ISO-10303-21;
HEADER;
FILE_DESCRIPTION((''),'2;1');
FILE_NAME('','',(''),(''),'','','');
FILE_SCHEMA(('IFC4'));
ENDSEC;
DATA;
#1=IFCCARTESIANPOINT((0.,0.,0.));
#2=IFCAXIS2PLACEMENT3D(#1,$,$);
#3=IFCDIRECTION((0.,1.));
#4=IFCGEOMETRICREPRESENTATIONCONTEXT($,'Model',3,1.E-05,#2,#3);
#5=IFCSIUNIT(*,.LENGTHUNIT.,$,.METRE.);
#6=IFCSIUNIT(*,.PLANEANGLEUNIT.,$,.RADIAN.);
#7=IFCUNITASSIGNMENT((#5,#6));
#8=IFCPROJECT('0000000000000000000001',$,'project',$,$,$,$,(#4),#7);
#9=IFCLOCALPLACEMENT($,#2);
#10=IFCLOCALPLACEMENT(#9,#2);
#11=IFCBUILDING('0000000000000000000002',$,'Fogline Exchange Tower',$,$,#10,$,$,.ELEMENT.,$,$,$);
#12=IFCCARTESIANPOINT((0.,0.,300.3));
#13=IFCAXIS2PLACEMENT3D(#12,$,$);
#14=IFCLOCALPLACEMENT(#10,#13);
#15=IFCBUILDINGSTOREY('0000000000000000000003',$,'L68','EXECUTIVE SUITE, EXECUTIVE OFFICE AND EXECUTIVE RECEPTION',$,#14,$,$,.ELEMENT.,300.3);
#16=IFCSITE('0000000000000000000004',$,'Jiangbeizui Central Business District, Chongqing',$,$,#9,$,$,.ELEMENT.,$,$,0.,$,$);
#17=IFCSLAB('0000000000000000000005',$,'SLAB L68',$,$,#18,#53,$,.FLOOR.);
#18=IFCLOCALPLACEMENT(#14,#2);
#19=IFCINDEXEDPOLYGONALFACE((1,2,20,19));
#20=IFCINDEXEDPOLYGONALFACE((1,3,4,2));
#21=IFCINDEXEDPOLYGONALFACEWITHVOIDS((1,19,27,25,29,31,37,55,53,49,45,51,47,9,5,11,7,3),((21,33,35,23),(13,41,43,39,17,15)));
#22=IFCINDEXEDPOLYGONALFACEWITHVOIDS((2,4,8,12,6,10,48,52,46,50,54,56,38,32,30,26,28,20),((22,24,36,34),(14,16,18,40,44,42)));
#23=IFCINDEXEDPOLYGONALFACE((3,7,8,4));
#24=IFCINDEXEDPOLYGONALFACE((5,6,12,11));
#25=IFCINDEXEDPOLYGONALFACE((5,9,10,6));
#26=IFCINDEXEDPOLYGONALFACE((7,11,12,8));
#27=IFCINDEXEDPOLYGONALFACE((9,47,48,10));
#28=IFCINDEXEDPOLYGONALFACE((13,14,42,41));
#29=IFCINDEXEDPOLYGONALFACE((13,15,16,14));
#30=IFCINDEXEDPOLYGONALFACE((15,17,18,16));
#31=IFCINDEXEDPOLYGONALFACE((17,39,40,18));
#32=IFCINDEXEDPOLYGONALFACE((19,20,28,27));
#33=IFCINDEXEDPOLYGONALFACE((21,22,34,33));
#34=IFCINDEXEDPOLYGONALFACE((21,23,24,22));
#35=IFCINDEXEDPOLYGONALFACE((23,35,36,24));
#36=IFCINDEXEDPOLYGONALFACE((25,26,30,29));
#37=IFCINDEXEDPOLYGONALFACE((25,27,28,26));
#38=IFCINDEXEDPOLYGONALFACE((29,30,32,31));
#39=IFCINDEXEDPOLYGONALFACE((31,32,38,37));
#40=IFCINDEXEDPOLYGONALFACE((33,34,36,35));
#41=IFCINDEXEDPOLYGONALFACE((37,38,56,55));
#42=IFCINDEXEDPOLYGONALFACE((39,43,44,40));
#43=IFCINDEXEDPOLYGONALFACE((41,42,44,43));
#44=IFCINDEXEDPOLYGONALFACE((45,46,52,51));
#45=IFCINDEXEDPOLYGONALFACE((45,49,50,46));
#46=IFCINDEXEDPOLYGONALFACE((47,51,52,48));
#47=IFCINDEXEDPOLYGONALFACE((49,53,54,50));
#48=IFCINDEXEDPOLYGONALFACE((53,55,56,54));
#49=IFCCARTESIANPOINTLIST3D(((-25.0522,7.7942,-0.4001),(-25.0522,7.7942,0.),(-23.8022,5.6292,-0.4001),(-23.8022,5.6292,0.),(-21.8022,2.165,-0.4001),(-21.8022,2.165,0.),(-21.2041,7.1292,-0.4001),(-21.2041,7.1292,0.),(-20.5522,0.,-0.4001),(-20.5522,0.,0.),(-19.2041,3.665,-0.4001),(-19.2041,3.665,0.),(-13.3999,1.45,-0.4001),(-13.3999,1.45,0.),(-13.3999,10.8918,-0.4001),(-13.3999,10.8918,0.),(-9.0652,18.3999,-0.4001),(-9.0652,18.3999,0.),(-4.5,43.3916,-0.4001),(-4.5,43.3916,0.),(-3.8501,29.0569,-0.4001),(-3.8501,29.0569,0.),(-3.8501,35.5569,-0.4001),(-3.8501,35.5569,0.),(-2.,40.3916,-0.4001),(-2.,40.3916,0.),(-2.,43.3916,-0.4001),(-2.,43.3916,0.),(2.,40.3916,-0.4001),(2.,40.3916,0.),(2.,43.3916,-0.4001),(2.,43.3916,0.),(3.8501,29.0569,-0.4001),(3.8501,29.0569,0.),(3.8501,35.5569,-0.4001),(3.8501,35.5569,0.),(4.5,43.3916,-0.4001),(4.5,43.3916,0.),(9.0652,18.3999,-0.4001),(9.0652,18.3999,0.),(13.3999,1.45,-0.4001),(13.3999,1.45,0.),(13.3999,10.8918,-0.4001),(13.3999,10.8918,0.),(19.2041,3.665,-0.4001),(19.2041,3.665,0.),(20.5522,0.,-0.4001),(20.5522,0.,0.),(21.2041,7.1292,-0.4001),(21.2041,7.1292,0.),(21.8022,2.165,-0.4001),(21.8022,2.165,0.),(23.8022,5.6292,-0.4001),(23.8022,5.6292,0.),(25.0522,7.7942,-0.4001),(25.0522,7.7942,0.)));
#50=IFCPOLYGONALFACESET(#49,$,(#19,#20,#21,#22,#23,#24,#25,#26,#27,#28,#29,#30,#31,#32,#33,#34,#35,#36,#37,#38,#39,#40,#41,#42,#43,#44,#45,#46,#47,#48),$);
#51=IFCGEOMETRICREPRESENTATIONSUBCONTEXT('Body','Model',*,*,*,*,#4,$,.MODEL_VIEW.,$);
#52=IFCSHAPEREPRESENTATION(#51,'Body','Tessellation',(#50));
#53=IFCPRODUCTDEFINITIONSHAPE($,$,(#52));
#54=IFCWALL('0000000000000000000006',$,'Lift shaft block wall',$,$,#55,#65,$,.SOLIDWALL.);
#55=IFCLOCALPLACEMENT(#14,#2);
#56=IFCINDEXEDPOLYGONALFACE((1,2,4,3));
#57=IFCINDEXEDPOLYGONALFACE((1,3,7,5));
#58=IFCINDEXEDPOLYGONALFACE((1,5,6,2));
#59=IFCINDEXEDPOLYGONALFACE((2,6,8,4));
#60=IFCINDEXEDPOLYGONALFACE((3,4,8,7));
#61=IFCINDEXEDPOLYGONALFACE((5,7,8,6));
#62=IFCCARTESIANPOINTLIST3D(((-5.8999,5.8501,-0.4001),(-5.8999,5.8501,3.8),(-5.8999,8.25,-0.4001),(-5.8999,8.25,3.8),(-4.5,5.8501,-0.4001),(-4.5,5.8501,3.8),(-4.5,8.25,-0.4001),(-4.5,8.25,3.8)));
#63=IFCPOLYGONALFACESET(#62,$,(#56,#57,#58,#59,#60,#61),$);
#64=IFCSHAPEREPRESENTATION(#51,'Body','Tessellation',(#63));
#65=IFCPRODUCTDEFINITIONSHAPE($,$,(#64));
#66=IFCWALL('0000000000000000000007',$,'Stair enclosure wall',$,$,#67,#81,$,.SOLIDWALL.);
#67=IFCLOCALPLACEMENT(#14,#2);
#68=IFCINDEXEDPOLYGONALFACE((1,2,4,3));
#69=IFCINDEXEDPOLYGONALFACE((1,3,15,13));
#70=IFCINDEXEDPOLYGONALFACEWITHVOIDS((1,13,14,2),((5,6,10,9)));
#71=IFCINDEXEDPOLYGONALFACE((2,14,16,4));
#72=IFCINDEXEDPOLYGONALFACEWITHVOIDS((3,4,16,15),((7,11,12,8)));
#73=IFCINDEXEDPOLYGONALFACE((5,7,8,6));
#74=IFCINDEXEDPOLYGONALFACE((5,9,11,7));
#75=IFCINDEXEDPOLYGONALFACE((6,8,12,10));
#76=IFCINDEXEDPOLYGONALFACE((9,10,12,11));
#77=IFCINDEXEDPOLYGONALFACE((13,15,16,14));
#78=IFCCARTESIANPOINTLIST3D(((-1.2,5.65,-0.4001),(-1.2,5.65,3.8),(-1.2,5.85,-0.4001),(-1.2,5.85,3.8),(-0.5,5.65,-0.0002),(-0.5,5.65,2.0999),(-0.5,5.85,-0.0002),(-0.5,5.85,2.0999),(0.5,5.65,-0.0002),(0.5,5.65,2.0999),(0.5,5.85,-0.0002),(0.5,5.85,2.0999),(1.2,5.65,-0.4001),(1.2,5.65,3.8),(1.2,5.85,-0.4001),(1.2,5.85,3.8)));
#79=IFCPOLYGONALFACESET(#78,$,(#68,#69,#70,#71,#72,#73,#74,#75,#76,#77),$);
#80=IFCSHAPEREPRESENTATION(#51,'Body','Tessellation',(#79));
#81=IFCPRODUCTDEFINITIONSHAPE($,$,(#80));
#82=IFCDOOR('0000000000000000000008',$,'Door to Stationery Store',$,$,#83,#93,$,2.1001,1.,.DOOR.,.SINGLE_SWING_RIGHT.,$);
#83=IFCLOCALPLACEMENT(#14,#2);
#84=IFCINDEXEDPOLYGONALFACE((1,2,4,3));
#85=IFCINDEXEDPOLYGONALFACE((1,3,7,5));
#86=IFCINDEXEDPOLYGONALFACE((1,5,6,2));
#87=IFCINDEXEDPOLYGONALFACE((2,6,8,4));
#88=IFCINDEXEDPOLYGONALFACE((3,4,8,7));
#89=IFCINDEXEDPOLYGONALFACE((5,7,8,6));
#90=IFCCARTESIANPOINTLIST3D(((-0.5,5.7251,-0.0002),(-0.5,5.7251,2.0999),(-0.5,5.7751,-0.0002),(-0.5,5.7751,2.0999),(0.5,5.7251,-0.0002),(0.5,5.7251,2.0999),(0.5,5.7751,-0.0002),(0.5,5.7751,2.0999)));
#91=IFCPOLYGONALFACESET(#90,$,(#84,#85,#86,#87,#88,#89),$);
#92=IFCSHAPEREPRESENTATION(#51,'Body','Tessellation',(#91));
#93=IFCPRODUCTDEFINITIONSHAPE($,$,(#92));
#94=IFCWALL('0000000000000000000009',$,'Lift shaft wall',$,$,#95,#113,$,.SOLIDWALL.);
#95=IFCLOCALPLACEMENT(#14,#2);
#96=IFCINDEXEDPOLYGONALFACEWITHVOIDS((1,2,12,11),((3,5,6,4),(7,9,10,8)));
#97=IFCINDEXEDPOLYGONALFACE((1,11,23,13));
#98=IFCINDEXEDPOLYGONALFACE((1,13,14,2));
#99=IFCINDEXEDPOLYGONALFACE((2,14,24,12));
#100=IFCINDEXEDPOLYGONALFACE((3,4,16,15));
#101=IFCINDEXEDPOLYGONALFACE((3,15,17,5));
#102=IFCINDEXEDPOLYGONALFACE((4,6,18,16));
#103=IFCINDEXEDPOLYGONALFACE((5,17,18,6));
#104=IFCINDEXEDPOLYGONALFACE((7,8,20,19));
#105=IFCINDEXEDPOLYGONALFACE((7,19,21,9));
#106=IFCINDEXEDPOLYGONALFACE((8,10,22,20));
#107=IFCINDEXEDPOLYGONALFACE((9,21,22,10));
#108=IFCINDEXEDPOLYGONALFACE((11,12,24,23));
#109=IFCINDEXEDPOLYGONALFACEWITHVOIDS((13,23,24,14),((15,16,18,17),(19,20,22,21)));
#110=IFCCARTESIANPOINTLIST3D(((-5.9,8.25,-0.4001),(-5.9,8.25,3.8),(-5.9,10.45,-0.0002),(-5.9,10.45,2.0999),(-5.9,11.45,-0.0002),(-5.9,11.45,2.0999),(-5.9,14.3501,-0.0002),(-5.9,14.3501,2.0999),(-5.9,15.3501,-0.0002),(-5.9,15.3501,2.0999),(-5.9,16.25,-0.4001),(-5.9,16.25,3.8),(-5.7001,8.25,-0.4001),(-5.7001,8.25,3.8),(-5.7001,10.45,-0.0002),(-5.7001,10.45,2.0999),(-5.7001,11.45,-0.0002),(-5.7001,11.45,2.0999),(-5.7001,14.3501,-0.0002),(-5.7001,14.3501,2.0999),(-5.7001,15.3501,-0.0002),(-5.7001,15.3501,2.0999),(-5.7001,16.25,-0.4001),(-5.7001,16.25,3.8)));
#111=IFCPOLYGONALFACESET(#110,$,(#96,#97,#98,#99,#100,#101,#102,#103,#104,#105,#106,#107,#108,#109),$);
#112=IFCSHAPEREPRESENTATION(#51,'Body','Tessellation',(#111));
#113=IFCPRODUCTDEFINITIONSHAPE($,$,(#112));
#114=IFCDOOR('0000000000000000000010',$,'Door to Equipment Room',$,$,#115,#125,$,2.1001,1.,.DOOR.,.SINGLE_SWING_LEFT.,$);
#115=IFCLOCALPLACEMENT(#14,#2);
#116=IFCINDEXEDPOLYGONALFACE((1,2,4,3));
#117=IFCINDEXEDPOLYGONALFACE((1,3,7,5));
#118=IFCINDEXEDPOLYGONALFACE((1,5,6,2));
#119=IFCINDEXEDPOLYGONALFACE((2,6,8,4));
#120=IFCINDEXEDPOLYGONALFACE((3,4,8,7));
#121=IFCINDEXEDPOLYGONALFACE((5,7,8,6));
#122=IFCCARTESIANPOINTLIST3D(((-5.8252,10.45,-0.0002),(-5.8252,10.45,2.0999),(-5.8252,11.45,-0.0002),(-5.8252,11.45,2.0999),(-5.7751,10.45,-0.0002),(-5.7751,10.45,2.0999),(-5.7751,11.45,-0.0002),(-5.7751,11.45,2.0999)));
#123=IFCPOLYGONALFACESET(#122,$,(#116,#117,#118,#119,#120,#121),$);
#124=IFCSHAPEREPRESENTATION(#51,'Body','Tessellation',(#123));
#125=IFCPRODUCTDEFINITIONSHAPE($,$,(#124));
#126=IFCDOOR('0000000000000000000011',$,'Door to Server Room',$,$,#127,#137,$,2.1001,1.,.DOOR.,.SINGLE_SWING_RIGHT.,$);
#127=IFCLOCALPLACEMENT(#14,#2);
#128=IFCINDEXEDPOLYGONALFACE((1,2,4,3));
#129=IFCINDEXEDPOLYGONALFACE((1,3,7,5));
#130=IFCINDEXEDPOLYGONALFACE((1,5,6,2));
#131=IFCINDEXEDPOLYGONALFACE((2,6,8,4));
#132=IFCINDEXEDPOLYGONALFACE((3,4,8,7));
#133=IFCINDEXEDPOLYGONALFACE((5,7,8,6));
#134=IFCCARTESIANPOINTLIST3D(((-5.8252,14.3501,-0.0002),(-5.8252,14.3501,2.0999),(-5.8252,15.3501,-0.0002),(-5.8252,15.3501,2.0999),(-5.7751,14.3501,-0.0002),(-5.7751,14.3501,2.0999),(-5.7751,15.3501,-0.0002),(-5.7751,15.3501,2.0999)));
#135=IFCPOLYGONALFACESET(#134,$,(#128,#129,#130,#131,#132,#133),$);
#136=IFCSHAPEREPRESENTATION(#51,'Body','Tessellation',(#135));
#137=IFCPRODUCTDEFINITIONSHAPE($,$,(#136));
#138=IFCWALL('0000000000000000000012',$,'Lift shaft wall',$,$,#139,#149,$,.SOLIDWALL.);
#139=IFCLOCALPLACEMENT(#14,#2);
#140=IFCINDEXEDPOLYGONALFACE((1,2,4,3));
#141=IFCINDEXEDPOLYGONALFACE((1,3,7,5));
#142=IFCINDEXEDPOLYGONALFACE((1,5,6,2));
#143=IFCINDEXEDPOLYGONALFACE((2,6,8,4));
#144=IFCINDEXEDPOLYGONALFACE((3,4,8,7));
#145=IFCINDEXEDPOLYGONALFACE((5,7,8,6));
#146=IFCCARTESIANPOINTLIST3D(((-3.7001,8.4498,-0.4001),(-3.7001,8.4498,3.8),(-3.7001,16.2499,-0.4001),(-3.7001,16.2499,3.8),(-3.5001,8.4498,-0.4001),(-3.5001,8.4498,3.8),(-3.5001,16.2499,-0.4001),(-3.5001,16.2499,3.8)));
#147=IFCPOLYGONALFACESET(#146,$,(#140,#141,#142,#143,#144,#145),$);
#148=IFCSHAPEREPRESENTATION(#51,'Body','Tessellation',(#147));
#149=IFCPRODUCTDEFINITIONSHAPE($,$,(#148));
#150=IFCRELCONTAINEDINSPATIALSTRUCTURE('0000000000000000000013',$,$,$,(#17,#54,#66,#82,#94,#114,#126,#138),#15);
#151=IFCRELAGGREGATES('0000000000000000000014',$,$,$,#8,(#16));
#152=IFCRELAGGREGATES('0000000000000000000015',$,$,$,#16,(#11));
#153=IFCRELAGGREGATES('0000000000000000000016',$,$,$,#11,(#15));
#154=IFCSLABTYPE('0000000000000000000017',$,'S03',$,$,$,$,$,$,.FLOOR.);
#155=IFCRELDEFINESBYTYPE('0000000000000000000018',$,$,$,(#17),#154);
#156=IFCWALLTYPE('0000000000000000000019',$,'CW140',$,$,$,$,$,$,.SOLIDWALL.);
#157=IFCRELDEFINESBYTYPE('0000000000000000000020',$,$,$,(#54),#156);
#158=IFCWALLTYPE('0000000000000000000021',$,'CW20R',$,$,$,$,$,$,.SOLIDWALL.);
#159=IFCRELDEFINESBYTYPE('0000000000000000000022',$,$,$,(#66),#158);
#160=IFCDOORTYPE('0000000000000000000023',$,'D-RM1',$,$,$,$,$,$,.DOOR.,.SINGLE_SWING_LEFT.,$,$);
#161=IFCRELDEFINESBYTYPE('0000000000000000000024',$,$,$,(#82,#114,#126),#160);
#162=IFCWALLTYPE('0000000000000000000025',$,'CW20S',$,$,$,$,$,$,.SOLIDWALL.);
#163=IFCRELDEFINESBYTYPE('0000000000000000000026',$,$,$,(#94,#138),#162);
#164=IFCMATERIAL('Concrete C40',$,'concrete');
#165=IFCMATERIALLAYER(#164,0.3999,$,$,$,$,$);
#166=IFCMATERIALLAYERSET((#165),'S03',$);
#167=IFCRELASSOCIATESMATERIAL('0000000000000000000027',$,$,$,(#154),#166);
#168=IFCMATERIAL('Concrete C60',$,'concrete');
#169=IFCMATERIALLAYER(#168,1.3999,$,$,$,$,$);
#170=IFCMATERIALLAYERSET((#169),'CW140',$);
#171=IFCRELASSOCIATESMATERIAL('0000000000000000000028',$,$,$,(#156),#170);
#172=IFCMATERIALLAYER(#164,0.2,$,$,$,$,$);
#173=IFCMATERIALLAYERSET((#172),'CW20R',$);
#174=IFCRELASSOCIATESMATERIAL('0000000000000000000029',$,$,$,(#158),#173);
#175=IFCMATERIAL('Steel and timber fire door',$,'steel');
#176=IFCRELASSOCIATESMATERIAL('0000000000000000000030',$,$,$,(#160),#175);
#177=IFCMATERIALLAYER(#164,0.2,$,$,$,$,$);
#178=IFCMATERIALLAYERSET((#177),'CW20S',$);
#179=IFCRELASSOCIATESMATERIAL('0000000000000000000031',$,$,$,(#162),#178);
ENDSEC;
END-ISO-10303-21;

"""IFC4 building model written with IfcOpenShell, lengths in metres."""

from ifc_helpers import new_model, si_unit, direction, frame, frame_2d, origin, place, context, subcontext, project, spatial, polyline, rectangle, outline, extrude, material, layer, layer_set, type_object, element, fill, save


model = new_model("IFC4")

# Units and contexts
model_context = context("Model", 3, precision=1e-05, world=origin(), true_north=direction((0.0, 1.0)))
body_context = subcontext(model_context, "Body", "Model", "MODEL_VIEW")
ifc_project = project(units=[si_unit("LENGTHUNIT", "METRE"), si_unit("PLANEANGLEUNIT", "RADIAN")], contexts=[model_context])

# Site, building, storey
site_placement = place(None, origin())
site = spatial("IfcSite", under=ifc_project, at=site_placement, Name="Jiangbeizui Central Business District, Chongqing", CompositionType="ELEMENT", RefElevation=0.0)
building_placement = place(site_placement, origin())
building = spatial("IfcBuilding", under=site, at=building_placement, Name="Fogline Exchange Tower", CompositionType="ELEMENT")
storey_placement = place(building_placement, frame((0.0, 0.0, 300.3)))
storey = spatial("IfcBuildingStorey", under=building, at=storey_placement, Name="L68", Description="EXECUTIVE SUITE, EXECUTIVE OFFICE AND EXECUTIVE RECEPTION", CompositionType="ELEMENT", Elevation=300.3)

# Slab
ifc_material_1 = material(Name="Concrete C40", Category="concrete")
ifc_layer_1 = layer(ifc_material_1, 0.3999)
ifc_layer_set_1 = layer_set([ifc_layer_1], Name="S03")
slab_type = type_object("IfcSlabType", Name="S03", PredefinedType="FLOOR", material=ifc_layer_set_1)
slab_placement = place(storey_placement, frame((0.0, 0.0, -0.4001)))
element("IfcSlab", 1, at=slab_placement, inside=storey, type_object=slab_type, Name="SLAB L68", PredefinedType="FLOOR", context=body_context, shape_type="SweptSolid", body=[
    extrude(outline(polyline([(-2.0, 43.3916), (-4.5, 43.3916), (-25.0522, 7.7942), (-23.8022, 5.6292), (-21.2041, 7.1292), (-19.2041, 3.665), (-21.8022, 2.165), (-20.5522, 0.0), (20.5522, 0.0), (21.8022, 2.165), (19.2041, 3.665), (21.2041, 7.1292), (23.8022, 5.6292), (25.0522, 7.7942), (4.5, 43.3916), (2.0, 43.3916), (2.0, 40.3916), (-2.0, 40.3916), (-2.0, 43.3916)]), holes=[polyline([(13.3999, 10.8918), (13.3999, 1.45), (-13.3999, 1.45), (-13.3999, 10.8918), (-9.0652, 18.3999), (9.0652, 18.3999), (13.3999, 10.8918)]), polyline([(3.8501, 35.5569), (3.8501, 29.0569), (-3.8501, 29.0569), (-3.8501, 35.5569), (3.8501, 35.5569)])]), origin(), (0.0, 0.0, 1.0), 0.4001),
])

# Wall
ifc_material_2 = material(Name="Concrete C60", Category="concrete")
ifc_layer_2 = layer(ifc_material_2, 1.3999)
ifc_layer_set_2 = layer_set([ifc_layer_2], Name="CW140")
wall_type_1 = type_object("IfcWallType", Name="CW140", PredefinedType="SOLIDWALL", material=ifc_layer_set_2)
wall_1_placement = place(storey_placement, frame((-5.2, 5.8501, -0.4001), z_axis=(0.0, 0.0, 1.0), x_axis=(0.0, 1.0, 0.0)))
element("IfcWall", 2, at=wall_1_placement, inside=storey, type_object=wall_type_1, Name="Lift shaft block wall", PredefinedType="SOLIDWALL", context=body_context, shape_type="SweptSolid", body=[
    extrude(rectangle(XDim=2.3999, YDim=1.3999, at=frame_2d((1.2, 0.0))), origin(), (0.0, 0.0, 1.0), 4.2002),
])

# Wall, opening, door
ifc_layer_3 = layer(ifc_material_1, 0.2)
ifc_layer_set_3 = layer_set([ifc_layer_3], Name="CW20R")
wall_type_2 = type_object("IfcWallType", Name="CW20R", PredefinedType="SOLIDWALL", material=ifc_layer_set_3)
wall_2_placement = place(storey_placement, frame((-1.2, 5.75, -0.4001), z_axis=(0.0, 0.0, 1.0), x_axis=(1.0, 0.0, 0.0)))
wall_2 = element("IfcWall", 3, at=wall_2_placement, inside=storey, type_object=wall_type_2, Name="Stair enclosure wall", PredefinedType="SOLIDWALL", context=body_context, shape_type="SweptSolid", body=[
    extrude(rectangle(XDim=2.3999, YDim=0.2, at=frame_2d((1.2, 0.0))), origin(), (0.0, 0.0, 1.0), 4.2002),
])
opening_1_placement = place(wall_2_placement, frame((0.7, 0.0, 0.3999)))
opening_1 = element("IfcOpeningElement", 4, at=opening_1_placement, cuts=wall_2, PredefinedType="OPENING", context=body_context, shape_type="SweptSolid", body=[
    extrude(rectangle(XDim=1.0, YDim=2.1001, at=frame_2d((0.5, 1.05))), frame((0.0, 0.1099, 0.0), z_axis=(0.0, -1.0, 0.0), x_axis=(1.0, 0.0, 0.0)), (0.0, 0.0, 1.0), 0.22),
])
ifc_material_3 = material(Name="Steel and timber fire door", Category="steel")
door_type_1 = type_object("IfcDoorType", Name="D-RM1", OperationType="SINGLE_SWING_LEFT", PredefinedType="DOOR", material=ifc_material_3)
door_1_placement = place(opening_1_placement, frame((1.0, 0.0, 0.0), z_axis=(0.0, 0.0, 1.0), x_axis=(-1.0, 0.0, 0.0)))
door_1 = element("IfcDoor", 5, at=door_1_placement, inside=storey, type_object=door_type_1, Name="Door to Stationery Store", OperationType="SINGLE_SWING_RIGHT", OverallHeight=2.1001, OverallWidth=1.0, PredefinedType="DOOR", context=body_context, shape_type="SweptSolid", body=[
    extrude(rectangle(XDim=1.0, YDim=2.1001, at=frame_2d((0.5, 1.05))), frame((0.0, 0.0249, 0.0), z_axis=(0.0, -1.0, 0.0), x_axis=(1.0, 0.0, 0.0)), (0.0, 0.0, 1.0), 0.05),
])
fill(opening_1, door_1)

# Wall, openings, doors
ifc_layer_4 = layer(ifc_material_1, 0.2)
ifc_layer_set_4 = layer_set([ifc_layer_4], Name="CW20S")
wall_type_3 = type_object("IfcWallType", Name="CW20S", PredefinedType="SOLIDWALL", material=ifc_layer_set_4)
wall_3_placement = place(storey_placement, frame((-5.8, 8.25, -0.4001), z_axis=(0.0, 0.0, 1.0), x_axis=(0.0, 1.0, 0.0)))
wall_3 = element("IfcWall", 6, at=wall_3_placement, inside=storey, type_object=wall_type_3, Name="Lift shaft wall", PredefinedType="SOLIDWALL", context=body_context, shape_type="SweptSolid", body=[
    extrude(rectangle(XDim=8.0, YDim=0.2, at=frame_2d((4.0, 0.0))), origin(), (0.0, 0.0, 1.0), 4.2002),
])
opening_2_placement = place(wall_3_placement, frame((2.2, 0.0, 0.3999)))
opening_2 = element("IfcOpeningElement", 7, at=opening_2_placement, cuts=wall_3, PredefinedType="OPENING", context=body_context, shape_type="SweptSolid", body=[
    extrude(rectangle(XDim=1.0, YDim=2.1001, at=frame_2d((0.5, 1.05))), frame((0.0, 0.1099, 0.0), z_axis=(0.0, -1.0, 0.0), x_axis=(1.0, 0.0, 0.0)), (0.0, 0.0, 1.0), 0.22),
])
opening_3_placement = place(wall_3_placement, frame((6.1001, 0.0, 0.3999)))
opening_3 = element("IfcOpeningElement", 8, at=opening_3_placement, cuts=wall_3, PredefinedType="OPENING", context=body_context, shape_type="SweptSolid", body=[
    extrude(rectangle(XDim=1.0, YDim=2.1001, at=frame_2d((0.5, 1.05))), frame((0.0, 0.1099, 0.0), z_axis=(0.0, -1.0, 0.0), x_axis=(1.0, 0.0, 0.0)), (0.0, 0.0, 1.0), 0.22),
])
door_2_placement = place(opening_2_placement, frame((1.0, 0.0, 0.0), z_axis=(0.0, 0.0, 1.0), x_axis=(-1.0, 0.0, 0.0)))
door_2 = element("IfcDoor", 9, at=door_2_placement, inside=storey, type_object=door_type_1, Name="Door to Equipment Room", OperationType="SINGLE_SWING_LEFT", OverallHeight=2.1001, OverallWidth=1.0, PredefinedType="DOOR", context=body_context, shape_type="SweptSolid", body=[
    extrude(rectangle(XDim=1.0, YDim=2.1001, at=frame_2d((0.5, 1.05))), frame((0.0, 0.0249, 0.0), z_axis=(0.0, -1.0, 0.0), x_axis=(1.0, 0.0, 0.0)), (0.0, 0.0, 1.0), 0.05),
])
fill(opening_2, door_2)
door_3_placement = place(opening_3_placement, frame((1.0, 0.0, 0.0), z_axis=(0.0, 0.0, 1.0), x_axis=(-1.0, 0.0, 0.0)))
door_3 = element("IfcDoor", 10, at=door_3_placement, inside=storey, type_object=door_type_1, Name="Door to Server Room", OperationType="SINGLE_SWING_RIGHT", OverallHeight=2.1001, OverallWidth=1.0, PredefinedType="DOOR", context=body_context, shape_type="SweptSolid", body=[
    extrude(rectangle(XDim=1.0, YDim=2.1001, at=frame_2d((0.5, 1.05))), frame((0.0, 0.0249, 0.0), z_axis=(0.0, -1.0, 0.0), x_axis=(1.0, 0.0, 0.0)), (0.0, 0.0, 1.0), 0.05),
])
fill(opening_3, door_3)

# Wall
wall_4_placement = place(storey_placement, frame((-3.6001, 8.45, -0.4001), z_axis=(0.0, 0.0, 1.0), x_axis=(0.0, 1.0, 0.0)))
element("IfcWall", 11, at=wall_4_placement, inside=storey, type_object=wall_type_3, Name="Lift shaft wall", PredefinedType="SOLIDWALL", context=body_context, shape_type="SweptSolid", body=[
    extrude(rectangle(XDim=7.8, YDim=0.2, at=frame_2d((3.8999, 0.0))), origin(), (0.0, 0.0, 1.0), 4.2002),
])

save(model, "model.ifc")
